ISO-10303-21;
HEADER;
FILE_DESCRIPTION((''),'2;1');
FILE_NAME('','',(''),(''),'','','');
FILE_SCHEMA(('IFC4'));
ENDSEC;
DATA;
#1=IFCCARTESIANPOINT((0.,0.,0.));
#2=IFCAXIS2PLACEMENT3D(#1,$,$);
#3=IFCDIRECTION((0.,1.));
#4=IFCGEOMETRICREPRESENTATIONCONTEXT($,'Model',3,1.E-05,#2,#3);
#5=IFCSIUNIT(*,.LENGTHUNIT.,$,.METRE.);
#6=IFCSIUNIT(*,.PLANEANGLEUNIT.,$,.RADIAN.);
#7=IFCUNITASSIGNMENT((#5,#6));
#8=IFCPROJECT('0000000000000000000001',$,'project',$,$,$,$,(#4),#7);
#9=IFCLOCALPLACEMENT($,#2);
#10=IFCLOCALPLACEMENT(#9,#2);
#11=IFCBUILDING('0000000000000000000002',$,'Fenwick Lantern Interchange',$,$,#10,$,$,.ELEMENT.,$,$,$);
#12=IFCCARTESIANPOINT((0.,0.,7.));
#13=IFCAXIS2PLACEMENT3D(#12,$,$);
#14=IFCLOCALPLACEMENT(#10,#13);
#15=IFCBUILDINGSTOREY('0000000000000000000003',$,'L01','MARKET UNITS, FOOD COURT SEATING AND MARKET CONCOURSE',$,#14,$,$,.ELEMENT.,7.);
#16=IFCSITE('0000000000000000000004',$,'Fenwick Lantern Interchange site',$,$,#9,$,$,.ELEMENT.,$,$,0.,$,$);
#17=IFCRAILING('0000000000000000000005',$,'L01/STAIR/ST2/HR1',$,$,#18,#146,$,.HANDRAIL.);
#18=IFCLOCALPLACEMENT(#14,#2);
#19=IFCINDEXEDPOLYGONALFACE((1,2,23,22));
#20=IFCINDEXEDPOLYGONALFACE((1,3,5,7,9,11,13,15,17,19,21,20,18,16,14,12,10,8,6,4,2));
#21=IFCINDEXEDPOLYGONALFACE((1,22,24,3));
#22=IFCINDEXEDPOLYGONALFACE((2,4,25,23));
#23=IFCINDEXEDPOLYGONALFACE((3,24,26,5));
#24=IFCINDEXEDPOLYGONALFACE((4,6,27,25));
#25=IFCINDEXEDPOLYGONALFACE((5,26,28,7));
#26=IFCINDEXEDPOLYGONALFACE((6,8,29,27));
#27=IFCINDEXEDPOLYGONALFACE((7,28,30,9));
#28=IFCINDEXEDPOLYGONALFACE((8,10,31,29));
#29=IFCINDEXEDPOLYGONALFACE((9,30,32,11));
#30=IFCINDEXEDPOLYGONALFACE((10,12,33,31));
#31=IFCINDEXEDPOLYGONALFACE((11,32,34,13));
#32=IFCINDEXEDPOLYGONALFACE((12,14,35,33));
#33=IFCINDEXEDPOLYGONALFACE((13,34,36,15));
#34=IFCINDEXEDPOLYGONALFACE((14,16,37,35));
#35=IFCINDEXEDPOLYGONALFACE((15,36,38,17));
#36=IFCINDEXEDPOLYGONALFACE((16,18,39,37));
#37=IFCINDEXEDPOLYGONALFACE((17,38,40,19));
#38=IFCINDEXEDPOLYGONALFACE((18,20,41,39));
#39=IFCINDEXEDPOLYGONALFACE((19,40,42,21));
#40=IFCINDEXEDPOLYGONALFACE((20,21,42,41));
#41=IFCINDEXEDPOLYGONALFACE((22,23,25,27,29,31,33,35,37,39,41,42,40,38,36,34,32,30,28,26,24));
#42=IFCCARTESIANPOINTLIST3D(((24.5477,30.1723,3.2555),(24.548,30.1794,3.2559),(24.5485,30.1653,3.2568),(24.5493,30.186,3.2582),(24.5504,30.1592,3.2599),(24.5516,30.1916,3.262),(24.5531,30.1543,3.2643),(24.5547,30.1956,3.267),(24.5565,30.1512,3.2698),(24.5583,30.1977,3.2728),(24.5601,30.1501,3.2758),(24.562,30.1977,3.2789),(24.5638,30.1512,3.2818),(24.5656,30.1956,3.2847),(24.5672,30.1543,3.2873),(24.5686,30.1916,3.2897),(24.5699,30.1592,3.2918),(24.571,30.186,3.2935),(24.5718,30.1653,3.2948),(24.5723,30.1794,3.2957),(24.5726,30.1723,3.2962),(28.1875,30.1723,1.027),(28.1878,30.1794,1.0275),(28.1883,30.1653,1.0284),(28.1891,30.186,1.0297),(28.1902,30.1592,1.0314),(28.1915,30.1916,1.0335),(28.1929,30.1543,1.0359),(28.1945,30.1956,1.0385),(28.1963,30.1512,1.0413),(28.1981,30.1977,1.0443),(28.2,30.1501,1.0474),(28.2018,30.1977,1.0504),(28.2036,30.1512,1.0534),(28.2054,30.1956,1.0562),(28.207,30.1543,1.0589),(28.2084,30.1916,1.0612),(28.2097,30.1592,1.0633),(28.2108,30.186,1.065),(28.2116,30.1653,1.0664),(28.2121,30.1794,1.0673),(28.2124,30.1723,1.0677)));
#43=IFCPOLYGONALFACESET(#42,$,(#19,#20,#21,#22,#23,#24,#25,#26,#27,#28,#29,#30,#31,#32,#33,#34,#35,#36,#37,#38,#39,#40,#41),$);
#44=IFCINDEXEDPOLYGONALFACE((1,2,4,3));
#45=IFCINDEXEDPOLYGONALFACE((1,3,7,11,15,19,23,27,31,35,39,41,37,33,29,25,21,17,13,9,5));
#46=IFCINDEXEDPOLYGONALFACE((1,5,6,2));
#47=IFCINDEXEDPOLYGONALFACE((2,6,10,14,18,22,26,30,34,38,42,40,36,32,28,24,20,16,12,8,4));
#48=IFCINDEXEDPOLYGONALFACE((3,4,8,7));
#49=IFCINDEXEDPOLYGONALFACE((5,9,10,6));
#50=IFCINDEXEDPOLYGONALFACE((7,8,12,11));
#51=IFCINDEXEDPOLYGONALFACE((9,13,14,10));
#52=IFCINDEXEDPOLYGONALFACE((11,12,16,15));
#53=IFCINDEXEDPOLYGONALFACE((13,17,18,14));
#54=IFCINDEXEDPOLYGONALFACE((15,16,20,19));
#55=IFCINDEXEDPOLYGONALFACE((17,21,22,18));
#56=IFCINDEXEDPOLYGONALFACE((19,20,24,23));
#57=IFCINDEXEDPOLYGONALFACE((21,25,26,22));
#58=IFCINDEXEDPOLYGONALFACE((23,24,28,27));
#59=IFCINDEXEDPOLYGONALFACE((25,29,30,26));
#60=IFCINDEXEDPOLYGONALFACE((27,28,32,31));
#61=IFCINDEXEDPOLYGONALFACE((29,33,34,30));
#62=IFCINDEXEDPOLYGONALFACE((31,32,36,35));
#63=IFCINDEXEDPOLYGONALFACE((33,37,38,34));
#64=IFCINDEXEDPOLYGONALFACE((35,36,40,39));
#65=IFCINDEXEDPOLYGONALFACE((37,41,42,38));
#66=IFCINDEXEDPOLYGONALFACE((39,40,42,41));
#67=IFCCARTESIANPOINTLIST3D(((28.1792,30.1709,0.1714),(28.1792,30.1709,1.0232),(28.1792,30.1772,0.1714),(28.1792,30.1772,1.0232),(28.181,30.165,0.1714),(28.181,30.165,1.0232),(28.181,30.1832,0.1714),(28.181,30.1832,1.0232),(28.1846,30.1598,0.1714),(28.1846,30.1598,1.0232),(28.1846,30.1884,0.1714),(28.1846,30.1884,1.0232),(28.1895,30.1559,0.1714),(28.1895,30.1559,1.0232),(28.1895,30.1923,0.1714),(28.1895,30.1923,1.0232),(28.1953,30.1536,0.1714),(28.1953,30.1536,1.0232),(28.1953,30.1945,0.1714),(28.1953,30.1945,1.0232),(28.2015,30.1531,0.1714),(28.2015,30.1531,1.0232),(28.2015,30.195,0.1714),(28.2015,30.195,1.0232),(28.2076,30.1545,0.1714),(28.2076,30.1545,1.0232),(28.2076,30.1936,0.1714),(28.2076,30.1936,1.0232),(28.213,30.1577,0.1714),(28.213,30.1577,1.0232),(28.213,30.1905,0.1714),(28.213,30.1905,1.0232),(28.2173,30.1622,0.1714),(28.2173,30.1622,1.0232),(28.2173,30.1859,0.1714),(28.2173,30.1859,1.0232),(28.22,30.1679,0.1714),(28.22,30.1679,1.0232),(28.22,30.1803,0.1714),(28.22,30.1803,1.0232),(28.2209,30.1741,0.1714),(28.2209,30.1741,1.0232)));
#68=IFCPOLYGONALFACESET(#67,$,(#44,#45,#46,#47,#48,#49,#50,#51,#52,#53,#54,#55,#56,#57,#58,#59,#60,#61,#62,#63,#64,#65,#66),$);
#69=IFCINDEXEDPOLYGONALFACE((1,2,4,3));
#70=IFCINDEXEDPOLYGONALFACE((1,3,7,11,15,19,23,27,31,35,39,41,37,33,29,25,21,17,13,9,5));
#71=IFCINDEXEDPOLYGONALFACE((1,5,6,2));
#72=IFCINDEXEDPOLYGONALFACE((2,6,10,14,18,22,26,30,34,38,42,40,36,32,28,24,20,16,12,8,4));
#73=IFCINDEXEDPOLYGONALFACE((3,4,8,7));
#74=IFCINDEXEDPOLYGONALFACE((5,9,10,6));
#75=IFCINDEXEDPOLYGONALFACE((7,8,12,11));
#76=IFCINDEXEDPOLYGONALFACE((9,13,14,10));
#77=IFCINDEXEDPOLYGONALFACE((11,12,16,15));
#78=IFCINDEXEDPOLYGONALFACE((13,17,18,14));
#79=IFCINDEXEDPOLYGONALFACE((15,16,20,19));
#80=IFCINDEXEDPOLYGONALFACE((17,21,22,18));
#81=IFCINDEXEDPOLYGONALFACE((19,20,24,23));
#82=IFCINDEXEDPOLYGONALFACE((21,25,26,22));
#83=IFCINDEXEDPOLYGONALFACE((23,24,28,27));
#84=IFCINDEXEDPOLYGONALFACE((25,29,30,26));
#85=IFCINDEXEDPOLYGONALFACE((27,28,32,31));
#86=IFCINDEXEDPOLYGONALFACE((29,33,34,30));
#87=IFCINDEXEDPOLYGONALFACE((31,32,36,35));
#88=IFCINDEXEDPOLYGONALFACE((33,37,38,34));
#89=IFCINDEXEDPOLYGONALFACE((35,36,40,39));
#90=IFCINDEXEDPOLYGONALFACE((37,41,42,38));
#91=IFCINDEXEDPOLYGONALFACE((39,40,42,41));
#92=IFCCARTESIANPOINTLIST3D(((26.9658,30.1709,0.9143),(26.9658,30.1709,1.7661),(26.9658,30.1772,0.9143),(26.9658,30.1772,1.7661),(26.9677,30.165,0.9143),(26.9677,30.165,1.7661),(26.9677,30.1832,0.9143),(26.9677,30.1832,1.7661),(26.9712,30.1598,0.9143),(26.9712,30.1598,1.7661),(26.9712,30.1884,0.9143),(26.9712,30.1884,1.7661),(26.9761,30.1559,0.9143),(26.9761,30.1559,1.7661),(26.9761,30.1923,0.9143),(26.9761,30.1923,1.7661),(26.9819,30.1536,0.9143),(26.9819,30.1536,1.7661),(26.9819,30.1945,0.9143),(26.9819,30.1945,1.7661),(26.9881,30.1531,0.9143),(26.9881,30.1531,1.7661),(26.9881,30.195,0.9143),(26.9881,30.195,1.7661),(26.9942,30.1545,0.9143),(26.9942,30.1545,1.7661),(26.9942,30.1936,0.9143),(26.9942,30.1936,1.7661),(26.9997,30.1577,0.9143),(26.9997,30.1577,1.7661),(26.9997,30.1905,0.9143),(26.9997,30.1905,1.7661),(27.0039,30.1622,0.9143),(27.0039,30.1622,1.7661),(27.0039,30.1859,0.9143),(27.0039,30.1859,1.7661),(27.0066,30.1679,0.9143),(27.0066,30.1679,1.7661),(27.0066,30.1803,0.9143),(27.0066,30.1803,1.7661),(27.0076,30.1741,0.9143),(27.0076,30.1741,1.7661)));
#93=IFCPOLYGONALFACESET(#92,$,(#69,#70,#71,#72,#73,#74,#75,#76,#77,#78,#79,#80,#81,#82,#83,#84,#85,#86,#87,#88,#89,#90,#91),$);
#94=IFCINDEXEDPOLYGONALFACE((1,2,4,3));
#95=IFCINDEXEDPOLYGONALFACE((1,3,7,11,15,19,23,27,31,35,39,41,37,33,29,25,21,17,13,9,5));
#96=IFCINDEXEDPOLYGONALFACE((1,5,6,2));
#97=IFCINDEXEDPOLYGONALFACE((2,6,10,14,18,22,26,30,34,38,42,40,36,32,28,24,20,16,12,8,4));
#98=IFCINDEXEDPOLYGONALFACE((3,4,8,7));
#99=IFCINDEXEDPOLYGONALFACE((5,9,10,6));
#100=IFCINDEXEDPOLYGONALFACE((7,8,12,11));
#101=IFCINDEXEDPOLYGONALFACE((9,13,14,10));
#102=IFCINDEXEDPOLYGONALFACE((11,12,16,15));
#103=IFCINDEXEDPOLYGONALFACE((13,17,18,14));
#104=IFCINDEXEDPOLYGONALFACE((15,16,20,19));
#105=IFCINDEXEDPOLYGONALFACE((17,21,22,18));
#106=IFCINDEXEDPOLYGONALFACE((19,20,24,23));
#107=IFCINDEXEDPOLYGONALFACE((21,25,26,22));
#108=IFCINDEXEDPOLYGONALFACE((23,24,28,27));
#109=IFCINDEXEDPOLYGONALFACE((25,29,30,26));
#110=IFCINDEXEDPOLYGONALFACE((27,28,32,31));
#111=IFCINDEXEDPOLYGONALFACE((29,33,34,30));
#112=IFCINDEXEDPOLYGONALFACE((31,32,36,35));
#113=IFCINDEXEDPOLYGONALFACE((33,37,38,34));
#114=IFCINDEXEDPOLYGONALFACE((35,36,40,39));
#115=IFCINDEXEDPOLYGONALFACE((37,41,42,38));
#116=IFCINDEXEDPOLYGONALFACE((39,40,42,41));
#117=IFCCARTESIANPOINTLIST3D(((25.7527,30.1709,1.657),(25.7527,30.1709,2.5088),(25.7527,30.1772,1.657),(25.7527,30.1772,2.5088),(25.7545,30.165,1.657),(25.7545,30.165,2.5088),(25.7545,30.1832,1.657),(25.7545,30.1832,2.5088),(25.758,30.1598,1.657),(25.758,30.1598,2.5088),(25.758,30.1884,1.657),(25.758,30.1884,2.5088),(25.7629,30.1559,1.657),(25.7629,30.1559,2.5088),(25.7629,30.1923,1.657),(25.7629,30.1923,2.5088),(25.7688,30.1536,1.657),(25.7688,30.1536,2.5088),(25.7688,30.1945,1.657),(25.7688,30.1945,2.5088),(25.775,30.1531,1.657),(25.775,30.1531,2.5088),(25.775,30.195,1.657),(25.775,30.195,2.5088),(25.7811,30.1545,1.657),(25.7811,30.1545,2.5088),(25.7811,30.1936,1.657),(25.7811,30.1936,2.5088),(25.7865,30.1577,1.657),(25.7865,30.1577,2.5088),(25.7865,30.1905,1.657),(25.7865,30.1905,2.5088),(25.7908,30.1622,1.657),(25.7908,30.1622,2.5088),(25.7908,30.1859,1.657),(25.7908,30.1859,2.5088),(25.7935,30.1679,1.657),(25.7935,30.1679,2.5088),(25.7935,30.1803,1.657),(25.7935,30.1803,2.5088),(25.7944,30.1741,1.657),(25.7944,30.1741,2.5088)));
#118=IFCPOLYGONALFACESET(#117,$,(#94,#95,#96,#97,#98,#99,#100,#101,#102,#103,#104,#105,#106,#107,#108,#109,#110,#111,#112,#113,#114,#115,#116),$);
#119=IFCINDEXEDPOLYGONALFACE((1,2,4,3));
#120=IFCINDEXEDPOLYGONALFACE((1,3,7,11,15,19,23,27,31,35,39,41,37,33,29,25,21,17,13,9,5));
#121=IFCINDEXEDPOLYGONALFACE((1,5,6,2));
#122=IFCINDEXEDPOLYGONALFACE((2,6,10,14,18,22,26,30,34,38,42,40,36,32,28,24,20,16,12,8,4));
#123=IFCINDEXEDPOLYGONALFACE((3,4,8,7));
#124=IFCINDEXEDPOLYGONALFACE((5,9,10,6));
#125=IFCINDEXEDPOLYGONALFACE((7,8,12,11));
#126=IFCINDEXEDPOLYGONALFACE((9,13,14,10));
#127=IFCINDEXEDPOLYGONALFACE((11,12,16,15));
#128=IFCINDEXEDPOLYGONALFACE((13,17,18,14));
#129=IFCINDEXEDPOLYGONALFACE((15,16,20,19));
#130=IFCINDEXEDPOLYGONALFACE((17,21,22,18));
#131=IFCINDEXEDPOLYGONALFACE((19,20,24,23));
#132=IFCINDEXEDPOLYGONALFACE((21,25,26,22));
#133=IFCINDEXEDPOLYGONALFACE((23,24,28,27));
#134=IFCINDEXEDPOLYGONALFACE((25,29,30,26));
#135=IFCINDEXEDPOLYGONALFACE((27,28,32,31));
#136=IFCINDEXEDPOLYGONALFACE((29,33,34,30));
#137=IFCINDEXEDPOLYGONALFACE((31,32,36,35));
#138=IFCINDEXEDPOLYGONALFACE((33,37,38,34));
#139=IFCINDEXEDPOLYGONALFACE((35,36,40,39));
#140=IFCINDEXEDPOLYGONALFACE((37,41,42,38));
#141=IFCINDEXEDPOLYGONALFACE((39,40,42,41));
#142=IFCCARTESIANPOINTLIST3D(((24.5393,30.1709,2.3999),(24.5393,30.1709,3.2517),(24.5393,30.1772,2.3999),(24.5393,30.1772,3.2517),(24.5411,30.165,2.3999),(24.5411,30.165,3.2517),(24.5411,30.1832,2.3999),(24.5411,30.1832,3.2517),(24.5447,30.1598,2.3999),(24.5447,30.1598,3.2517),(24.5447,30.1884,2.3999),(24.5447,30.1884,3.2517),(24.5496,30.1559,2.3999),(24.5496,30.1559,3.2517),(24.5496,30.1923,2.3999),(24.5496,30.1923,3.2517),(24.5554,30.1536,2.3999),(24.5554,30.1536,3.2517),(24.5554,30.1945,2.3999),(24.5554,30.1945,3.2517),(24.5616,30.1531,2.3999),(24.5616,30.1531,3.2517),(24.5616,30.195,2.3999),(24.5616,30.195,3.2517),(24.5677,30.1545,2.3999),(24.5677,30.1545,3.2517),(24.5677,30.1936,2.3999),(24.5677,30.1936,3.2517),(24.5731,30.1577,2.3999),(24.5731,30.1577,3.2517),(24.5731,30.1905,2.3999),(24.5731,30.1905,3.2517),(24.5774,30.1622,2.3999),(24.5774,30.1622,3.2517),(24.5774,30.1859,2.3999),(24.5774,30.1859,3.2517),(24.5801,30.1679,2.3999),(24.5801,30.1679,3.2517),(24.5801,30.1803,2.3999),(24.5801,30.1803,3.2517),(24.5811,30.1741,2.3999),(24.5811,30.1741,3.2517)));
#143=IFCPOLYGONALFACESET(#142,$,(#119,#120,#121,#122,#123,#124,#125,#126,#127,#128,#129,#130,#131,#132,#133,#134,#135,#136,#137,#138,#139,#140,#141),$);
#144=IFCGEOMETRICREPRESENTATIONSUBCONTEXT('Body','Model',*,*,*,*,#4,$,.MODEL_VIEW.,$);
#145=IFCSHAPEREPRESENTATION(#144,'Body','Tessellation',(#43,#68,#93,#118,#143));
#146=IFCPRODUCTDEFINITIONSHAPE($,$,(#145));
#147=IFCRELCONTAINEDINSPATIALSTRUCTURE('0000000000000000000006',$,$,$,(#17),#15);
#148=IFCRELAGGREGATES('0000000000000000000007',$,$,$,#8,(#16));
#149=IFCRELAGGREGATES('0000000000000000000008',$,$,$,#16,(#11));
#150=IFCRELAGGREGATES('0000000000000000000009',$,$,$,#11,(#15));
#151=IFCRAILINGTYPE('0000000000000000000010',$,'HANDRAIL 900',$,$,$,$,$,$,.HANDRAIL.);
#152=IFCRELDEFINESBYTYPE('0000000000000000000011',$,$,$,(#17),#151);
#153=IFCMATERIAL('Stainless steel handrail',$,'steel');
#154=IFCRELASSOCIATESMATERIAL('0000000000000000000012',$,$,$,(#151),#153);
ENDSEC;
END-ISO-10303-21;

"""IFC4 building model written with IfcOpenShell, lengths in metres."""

from ifc_helpers import new_model, si_unit, direction, frame, origin, origin_2d, place, context, subcontext, project, spatial, circle, extrude, material, type_object, element, save


model = new_model("IFC4")

# Units and contexts
model_context = context("Model", 3, precision=1e-05, world=origin(), true_north=direction((0.0, 1.0)))
body_context = subcontext(model_context, "Body", "Model", "MODEL_VIEW")
ifc_project = project(units=[si_unit("LENGTHUNIT", "METRE"), si_unit("PLANEANGLEUNIT", "RADIAN")], contexts=[model_context])

# Site, building, storey
site_placement = place(None, origin())
site = spatial("IfcSite", under=ifc_project, at=site_placement, Name="Fenwick Lantern Interchange site", CompositionType="ELEMENT", RefElevation=0.0)
building_placement = place(site_placement, origin())
building = spatial("IfcBuilding", under=site, at=building_placement, Name="Fenwick Lantern Interchange", CompositionType="ELEMENT")
storey_placement = place(building_placement, frame((0.0, 0.0, 7.0)))
storey = spatial("IfcBuildingStorey", under=building, at=storey_placement, Name="L01", Description="MARKET UNITS, FOOD COURT SEATING AND MARKET CONCOURSE", CompositionType="ELEMENT", Elevation=7.0)

# Railing
ifc_material_1 = material(Name="Stainless steel handrail", Category="steel")
railing_type = type_object("IfcRailingType", Name="HANDRAIL 900", PredefinedType="HANDRAIL", material=ifc_material_1)
railing_1_placement = place(storey_placement, frame((28.2, 30.1741, 0.1714)))
element("IfcRailing", 1, at=railing_1_placement, inside=storey, type_object=railing_type, Name="L01/STAIR/ST2/HR1", PredefinedType="HANDRAIL", context=body_context, shape_type="SweptSolid", body=[
    extrude(circle(Radius=0.0239, at=origin_2d()), frame((0.0, 0.0, 0.876), z_axis=(-0.85285, 0.0, 0.522156), x_axis=(0.0, -1.0, 0.0)), (0.0, 0.0, 1.0), 4.2678),
    extrude(circle(Radius=0.021, at=origin_2d()), origin(), (0.0, 0.0, 1.0), 0.8518),
    extrude(circle(Radius=0.021, at=origin_2d()), frame((-1.2134, 0.0, 0.7429)), (0.0, 0.0, 1.0), 0.8518),
    extrude(circle(Radius=0.021, at=origin_2d()), frame((-2.4265, 0.0, 1.4856)), (0.0, 0.0, 1.0), 0.8518),
    extrude(circle(Radius=0.021, at=origin_2d()), frame((-3.6399, 0.0, 2.2285)), (0.0, 0.0, 1.0), 0.8518),
])

save(model, "model.ifc")
